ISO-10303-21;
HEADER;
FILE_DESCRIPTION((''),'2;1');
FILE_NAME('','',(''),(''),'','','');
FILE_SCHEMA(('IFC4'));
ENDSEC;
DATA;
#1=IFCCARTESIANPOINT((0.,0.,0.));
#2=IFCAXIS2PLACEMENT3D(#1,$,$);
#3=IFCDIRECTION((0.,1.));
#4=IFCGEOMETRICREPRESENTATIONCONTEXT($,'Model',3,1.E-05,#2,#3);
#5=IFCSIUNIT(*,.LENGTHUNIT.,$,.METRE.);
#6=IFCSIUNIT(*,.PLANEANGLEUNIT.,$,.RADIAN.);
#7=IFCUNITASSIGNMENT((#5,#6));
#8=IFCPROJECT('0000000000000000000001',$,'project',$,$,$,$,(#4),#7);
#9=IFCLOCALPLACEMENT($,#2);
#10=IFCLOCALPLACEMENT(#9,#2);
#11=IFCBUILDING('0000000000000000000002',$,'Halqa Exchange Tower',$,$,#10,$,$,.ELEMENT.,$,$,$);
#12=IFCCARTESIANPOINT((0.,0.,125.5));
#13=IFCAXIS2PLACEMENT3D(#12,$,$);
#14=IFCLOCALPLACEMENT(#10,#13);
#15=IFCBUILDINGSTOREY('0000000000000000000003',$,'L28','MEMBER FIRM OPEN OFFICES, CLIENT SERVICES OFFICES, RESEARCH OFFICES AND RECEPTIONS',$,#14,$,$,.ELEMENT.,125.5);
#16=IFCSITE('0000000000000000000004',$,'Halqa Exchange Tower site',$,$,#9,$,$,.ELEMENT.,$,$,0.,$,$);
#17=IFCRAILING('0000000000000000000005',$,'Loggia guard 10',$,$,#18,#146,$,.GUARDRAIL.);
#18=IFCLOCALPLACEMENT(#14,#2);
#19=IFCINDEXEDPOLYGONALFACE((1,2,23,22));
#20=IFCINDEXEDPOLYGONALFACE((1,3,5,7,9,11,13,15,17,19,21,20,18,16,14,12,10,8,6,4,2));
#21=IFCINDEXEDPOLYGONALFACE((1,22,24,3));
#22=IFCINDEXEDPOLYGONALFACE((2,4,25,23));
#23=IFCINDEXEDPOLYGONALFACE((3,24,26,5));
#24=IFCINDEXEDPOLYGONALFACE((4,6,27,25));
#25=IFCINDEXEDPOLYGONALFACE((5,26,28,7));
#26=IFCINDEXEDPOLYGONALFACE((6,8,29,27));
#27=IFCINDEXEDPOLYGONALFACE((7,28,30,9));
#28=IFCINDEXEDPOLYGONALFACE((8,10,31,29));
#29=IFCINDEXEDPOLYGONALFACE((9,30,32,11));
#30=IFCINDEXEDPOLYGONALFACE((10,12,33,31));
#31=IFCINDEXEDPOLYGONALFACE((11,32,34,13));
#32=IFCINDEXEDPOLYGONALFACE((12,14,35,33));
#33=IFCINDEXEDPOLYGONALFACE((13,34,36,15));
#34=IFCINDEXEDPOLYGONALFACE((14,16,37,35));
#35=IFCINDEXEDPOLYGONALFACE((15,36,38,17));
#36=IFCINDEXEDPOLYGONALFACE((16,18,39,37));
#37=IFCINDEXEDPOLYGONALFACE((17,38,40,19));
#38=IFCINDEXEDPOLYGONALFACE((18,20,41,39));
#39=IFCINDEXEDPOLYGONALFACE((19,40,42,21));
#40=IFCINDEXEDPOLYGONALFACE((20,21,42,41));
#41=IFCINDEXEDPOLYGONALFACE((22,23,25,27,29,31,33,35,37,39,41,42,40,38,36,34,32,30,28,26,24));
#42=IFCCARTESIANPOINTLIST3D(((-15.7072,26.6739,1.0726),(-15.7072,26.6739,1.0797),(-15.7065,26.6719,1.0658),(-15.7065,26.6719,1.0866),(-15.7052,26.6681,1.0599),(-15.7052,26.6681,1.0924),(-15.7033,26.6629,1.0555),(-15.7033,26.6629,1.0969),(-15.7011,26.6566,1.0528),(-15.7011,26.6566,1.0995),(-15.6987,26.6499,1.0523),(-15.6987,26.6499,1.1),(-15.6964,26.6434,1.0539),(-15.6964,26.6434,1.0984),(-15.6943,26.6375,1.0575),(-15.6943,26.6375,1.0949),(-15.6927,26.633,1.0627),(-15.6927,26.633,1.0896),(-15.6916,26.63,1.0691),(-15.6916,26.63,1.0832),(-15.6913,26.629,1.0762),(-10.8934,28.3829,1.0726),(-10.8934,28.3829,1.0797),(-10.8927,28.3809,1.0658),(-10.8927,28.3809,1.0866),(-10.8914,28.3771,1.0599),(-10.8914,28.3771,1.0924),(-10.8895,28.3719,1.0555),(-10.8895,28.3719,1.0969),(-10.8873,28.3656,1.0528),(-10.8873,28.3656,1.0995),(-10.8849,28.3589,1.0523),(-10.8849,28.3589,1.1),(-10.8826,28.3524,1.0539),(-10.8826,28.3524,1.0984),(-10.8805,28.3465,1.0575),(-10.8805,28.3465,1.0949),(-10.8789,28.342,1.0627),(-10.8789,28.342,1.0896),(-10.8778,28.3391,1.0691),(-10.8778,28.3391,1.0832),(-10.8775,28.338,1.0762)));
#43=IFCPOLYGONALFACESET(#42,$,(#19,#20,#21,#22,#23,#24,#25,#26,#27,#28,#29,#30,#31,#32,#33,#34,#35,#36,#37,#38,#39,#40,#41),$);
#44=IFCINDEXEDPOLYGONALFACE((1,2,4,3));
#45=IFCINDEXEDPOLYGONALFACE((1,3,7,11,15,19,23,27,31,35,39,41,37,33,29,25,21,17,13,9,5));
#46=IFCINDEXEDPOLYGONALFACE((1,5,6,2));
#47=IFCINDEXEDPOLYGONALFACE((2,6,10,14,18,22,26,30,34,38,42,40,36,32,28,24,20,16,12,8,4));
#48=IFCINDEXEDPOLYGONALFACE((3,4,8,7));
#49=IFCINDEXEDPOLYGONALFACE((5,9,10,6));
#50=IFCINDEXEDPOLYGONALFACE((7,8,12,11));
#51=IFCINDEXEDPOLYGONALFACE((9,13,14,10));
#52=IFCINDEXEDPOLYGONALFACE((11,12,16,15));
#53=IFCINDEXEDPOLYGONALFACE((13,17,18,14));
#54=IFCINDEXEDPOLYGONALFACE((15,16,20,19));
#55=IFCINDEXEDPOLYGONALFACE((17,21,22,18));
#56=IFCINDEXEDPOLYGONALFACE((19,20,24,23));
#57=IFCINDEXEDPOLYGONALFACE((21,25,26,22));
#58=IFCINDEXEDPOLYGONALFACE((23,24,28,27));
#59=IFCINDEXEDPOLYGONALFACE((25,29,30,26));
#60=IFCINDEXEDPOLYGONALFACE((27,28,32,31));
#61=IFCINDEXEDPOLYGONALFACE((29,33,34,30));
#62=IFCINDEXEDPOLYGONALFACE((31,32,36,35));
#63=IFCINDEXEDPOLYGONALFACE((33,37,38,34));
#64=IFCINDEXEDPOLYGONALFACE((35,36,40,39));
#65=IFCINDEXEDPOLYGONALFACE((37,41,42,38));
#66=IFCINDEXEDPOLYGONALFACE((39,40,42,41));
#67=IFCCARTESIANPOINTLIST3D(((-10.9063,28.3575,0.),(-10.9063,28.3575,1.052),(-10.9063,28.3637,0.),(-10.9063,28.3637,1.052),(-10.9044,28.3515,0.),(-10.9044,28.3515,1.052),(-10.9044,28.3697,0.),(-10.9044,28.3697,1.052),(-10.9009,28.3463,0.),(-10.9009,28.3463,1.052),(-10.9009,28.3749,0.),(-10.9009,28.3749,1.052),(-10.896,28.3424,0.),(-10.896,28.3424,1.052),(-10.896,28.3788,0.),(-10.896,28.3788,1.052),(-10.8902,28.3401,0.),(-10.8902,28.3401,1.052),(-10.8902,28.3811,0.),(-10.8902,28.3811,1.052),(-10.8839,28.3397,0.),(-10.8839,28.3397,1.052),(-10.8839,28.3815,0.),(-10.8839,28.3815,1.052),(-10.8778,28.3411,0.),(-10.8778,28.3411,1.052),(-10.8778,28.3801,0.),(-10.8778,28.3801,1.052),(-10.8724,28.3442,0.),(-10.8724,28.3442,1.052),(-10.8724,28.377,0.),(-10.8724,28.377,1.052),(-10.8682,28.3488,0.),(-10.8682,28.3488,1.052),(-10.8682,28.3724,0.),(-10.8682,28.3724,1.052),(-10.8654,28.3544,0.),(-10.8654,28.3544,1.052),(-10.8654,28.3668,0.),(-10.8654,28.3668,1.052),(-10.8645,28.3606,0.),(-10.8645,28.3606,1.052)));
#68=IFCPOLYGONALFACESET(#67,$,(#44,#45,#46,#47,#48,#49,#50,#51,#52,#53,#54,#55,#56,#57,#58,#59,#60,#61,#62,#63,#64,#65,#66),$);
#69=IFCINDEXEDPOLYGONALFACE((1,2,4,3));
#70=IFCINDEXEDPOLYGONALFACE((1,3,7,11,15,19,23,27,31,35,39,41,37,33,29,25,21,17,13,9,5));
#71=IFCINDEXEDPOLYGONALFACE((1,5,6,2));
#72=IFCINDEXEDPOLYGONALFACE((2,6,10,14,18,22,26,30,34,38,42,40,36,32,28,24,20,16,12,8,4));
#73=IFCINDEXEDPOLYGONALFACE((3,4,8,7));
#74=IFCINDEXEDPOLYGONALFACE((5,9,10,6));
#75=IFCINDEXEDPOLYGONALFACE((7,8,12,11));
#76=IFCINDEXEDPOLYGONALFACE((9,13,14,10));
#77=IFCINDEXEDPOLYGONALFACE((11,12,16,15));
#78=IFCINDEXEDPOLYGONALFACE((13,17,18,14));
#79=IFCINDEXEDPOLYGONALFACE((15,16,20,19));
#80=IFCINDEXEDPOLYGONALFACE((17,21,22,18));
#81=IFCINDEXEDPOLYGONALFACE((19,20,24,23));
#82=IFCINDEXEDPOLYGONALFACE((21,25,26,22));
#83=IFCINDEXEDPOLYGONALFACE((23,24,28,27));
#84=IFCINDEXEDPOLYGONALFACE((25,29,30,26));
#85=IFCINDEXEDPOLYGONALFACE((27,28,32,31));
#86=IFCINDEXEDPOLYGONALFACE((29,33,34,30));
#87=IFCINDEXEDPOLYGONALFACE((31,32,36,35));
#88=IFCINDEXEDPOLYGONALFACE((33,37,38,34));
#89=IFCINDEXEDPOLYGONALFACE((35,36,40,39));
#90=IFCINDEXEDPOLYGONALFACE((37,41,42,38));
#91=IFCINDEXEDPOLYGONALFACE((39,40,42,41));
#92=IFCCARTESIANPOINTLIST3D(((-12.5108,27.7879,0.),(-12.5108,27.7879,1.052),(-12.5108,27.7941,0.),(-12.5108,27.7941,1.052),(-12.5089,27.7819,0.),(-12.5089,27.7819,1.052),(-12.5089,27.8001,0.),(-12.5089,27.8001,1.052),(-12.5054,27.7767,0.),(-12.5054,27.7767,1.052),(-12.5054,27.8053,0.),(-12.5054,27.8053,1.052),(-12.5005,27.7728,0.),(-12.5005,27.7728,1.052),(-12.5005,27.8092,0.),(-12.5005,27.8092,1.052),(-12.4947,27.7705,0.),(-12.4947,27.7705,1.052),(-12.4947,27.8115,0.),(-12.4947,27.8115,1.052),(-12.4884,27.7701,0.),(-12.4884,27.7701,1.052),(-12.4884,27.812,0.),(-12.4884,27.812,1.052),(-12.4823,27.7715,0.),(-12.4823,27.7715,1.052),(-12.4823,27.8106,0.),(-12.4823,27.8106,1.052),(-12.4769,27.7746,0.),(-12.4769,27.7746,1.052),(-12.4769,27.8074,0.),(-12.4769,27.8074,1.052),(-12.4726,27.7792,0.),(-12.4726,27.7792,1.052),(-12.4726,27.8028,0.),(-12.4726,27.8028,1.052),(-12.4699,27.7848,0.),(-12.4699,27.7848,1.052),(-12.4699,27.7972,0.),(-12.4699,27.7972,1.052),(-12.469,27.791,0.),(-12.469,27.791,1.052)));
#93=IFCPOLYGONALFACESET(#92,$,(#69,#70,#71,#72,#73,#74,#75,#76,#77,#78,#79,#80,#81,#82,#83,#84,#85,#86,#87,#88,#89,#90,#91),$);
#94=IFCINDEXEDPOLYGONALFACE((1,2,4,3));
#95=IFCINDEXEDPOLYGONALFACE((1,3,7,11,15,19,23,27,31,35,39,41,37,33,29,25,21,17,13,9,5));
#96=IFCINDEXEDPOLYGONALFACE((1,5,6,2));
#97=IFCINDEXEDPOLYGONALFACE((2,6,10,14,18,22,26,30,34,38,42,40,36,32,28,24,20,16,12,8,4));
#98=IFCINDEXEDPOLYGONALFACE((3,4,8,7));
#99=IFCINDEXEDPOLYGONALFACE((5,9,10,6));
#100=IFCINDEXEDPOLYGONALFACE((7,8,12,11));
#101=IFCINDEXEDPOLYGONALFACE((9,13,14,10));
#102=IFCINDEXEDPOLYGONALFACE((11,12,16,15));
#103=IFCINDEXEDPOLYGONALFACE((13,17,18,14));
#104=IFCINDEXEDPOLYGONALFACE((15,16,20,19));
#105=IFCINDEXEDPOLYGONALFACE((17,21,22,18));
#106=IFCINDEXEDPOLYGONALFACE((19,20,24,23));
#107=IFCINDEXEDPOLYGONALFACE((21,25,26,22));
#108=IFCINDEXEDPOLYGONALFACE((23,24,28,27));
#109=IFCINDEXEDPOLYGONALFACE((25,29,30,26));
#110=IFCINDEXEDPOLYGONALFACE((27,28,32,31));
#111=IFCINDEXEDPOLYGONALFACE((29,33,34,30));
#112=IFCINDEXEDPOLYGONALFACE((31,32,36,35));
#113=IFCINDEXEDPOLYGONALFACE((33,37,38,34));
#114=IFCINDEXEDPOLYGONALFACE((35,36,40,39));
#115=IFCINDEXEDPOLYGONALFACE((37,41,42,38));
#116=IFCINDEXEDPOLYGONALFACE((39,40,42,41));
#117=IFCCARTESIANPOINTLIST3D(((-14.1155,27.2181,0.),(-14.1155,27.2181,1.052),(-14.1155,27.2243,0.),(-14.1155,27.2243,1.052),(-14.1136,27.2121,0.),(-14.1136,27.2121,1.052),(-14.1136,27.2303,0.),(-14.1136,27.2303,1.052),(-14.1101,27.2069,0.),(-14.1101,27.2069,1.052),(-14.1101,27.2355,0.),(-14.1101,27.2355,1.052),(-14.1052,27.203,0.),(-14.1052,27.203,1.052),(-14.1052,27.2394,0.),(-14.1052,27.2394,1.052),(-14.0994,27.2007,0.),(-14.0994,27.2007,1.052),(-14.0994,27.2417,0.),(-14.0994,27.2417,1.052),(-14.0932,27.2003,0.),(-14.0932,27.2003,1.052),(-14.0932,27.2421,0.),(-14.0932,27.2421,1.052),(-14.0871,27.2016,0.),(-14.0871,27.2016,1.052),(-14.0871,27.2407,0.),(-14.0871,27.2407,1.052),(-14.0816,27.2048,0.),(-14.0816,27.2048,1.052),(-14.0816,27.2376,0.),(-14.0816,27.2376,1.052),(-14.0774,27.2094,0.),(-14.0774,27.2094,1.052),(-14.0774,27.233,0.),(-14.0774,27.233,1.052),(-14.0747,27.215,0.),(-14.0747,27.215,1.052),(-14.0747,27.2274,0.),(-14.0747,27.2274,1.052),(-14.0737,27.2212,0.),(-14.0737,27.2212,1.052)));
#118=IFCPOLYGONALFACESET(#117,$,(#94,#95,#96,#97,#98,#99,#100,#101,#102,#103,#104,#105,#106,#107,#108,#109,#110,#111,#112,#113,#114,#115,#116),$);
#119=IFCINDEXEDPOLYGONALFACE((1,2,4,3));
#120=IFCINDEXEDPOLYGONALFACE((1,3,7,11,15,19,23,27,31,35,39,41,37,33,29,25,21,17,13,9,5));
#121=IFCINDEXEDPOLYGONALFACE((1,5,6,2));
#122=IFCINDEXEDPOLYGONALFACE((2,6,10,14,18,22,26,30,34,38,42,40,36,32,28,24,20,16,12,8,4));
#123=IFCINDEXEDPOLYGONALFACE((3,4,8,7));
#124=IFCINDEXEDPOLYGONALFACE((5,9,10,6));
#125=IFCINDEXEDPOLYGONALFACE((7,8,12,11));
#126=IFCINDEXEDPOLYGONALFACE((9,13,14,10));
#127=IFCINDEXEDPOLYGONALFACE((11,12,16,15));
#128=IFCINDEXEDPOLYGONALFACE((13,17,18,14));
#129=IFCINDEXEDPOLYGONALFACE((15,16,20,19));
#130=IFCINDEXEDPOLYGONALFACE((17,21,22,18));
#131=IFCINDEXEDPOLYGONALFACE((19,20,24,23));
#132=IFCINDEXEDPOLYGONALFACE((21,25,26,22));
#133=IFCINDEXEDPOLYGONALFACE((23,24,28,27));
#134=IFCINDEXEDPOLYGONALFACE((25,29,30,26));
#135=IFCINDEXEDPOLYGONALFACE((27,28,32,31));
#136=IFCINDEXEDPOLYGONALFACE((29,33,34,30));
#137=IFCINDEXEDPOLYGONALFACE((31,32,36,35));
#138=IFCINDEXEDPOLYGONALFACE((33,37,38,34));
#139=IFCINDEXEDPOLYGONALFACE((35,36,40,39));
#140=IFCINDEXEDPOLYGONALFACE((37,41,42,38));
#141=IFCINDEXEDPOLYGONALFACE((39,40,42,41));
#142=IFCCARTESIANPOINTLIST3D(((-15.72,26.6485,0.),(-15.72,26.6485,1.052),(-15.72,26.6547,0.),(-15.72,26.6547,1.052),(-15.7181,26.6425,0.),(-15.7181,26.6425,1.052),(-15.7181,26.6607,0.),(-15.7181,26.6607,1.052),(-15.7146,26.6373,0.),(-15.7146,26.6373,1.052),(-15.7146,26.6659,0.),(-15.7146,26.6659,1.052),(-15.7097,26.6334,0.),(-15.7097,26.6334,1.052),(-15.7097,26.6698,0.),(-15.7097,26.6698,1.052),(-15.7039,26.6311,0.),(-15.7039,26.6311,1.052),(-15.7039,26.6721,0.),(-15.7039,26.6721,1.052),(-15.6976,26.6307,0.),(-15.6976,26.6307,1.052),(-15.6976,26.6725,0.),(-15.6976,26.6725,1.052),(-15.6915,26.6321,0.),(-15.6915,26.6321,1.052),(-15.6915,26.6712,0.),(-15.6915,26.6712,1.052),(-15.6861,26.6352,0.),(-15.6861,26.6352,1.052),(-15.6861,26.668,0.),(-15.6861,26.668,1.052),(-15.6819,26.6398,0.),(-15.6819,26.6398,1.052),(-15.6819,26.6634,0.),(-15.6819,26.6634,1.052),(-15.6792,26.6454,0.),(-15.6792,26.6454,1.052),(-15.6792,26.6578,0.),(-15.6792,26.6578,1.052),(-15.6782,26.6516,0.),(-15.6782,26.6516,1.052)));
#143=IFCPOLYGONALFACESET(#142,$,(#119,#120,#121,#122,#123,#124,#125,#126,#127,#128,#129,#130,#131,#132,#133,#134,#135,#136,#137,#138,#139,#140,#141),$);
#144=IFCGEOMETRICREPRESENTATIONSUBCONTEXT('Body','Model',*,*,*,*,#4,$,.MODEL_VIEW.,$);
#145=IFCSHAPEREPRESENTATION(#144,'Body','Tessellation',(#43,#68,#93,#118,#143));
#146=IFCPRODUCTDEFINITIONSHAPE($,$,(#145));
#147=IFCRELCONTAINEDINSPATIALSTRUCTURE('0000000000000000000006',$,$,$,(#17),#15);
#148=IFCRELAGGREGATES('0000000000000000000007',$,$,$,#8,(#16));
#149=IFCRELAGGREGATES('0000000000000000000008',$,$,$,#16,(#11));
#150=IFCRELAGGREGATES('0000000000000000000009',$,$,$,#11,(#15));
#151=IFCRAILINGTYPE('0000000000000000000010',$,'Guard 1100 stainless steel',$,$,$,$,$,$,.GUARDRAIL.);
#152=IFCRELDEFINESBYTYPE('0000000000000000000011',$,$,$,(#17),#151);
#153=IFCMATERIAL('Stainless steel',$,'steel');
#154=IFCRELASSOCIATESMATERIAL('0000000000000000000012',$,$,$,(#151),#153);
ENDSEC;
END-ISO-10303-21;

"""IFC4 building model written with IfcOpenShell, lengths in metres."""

from ifc_helpers import new_model, si_unit, direction, frame, origin, origin_2d, place, context, subcontext, project, spatial, circle, extrude, material, type_object, element, save


model = new_model("IFC4")

# Units and contexts
model_context = context("Model", 3, precision=1e-05, world=origin(), true_north=direction((0.0, 1.0)))
body_context = subcontext(model_context, "Body", "Model", "MODEL_VIEW")
ifc_project = project(units=[si_unit("LENGTHUNIT", "METRE"), si_unit("PLANEANGLEUNIT", "RADIAN")], contexts=[model_context])

# Site, building, storey
site_placement = place(None, origin())
site = spatial("IfcSite", under=ifc_project, at=site_placement, Name="Halqa Exchange Tower site", CompositionType="ELEMENT", RefElevation=0.0)
building_placement = place(site_placement, origin())
building = spatial("IfcBuilding", under=site, at=building_placement, Name="Halqa Exchange Tower", CompositionType="ELEMENT")
storey_placement = place(building_placement, frame((0.0, 0.0, 125.5)))
storey = spatial("IfcBuildingStorey", under=building, at=storey_placement, Name="L28", Description="MEMBER FIRM OPEN OFFICES, CLIENT SERVICES OFFICES, RESEARCH OFFICES AND RECEPTIONS", CompositionType="ELEMENT", Elevation=125.5)

# Railing
ifc_material_1 = material(Name="Stainless steel", Category="steel")
railing_type_1 = type_object("IfcRailingType", Name="Guard 1100 stainless steel", PredefinedType="GUARDRAIL", material=ifc_material_1)
railing_1_placement = place(storey_placement, frame((-10.8855, 28.3606, 0.0)))
element("IfcRailing", 1, at=railing_1_placement, inside=storey, type_object=railing_type_1, Name="Loggia guard 10", PredefinedType="GUARDRAIL", context=body_context, shape_type="SweptSolid", body=[
    extrude(circle(Radius=0.0239, at=origin_2d()), frame((0.0, 0.0, 1.0762), z_axis=(-0.942373, -0.334565, 0.0), x_axis=(0.334565, -0.942373, 0.0)), (0.0, 0.0, 1.0), 5.1082),
    extrude(circle(Radius=0.021, at=origin_2d()), origin(), (0.0, 0.0, 1.0), 1.052),
    extrude(circle(Radius=0.021, at=origin_2d()), frame((-1.6045, -0.5696, 0.0)), (0.0, 0.0, 1.0), 1.052),
    extrude(circle(Radius=0.021, at=origin_2d()), frame((-3.2092, -1.1394, 0.0)), (0.0, 0.0, 1.0), 1.052),
    extrude(circle(Radius=0.021, at=origin_2d()), frame((-4.8137, -1.709, 0.0)), (0.0, 0.0, 1.0), 1.052),
])

save(model, "model.ifc")
